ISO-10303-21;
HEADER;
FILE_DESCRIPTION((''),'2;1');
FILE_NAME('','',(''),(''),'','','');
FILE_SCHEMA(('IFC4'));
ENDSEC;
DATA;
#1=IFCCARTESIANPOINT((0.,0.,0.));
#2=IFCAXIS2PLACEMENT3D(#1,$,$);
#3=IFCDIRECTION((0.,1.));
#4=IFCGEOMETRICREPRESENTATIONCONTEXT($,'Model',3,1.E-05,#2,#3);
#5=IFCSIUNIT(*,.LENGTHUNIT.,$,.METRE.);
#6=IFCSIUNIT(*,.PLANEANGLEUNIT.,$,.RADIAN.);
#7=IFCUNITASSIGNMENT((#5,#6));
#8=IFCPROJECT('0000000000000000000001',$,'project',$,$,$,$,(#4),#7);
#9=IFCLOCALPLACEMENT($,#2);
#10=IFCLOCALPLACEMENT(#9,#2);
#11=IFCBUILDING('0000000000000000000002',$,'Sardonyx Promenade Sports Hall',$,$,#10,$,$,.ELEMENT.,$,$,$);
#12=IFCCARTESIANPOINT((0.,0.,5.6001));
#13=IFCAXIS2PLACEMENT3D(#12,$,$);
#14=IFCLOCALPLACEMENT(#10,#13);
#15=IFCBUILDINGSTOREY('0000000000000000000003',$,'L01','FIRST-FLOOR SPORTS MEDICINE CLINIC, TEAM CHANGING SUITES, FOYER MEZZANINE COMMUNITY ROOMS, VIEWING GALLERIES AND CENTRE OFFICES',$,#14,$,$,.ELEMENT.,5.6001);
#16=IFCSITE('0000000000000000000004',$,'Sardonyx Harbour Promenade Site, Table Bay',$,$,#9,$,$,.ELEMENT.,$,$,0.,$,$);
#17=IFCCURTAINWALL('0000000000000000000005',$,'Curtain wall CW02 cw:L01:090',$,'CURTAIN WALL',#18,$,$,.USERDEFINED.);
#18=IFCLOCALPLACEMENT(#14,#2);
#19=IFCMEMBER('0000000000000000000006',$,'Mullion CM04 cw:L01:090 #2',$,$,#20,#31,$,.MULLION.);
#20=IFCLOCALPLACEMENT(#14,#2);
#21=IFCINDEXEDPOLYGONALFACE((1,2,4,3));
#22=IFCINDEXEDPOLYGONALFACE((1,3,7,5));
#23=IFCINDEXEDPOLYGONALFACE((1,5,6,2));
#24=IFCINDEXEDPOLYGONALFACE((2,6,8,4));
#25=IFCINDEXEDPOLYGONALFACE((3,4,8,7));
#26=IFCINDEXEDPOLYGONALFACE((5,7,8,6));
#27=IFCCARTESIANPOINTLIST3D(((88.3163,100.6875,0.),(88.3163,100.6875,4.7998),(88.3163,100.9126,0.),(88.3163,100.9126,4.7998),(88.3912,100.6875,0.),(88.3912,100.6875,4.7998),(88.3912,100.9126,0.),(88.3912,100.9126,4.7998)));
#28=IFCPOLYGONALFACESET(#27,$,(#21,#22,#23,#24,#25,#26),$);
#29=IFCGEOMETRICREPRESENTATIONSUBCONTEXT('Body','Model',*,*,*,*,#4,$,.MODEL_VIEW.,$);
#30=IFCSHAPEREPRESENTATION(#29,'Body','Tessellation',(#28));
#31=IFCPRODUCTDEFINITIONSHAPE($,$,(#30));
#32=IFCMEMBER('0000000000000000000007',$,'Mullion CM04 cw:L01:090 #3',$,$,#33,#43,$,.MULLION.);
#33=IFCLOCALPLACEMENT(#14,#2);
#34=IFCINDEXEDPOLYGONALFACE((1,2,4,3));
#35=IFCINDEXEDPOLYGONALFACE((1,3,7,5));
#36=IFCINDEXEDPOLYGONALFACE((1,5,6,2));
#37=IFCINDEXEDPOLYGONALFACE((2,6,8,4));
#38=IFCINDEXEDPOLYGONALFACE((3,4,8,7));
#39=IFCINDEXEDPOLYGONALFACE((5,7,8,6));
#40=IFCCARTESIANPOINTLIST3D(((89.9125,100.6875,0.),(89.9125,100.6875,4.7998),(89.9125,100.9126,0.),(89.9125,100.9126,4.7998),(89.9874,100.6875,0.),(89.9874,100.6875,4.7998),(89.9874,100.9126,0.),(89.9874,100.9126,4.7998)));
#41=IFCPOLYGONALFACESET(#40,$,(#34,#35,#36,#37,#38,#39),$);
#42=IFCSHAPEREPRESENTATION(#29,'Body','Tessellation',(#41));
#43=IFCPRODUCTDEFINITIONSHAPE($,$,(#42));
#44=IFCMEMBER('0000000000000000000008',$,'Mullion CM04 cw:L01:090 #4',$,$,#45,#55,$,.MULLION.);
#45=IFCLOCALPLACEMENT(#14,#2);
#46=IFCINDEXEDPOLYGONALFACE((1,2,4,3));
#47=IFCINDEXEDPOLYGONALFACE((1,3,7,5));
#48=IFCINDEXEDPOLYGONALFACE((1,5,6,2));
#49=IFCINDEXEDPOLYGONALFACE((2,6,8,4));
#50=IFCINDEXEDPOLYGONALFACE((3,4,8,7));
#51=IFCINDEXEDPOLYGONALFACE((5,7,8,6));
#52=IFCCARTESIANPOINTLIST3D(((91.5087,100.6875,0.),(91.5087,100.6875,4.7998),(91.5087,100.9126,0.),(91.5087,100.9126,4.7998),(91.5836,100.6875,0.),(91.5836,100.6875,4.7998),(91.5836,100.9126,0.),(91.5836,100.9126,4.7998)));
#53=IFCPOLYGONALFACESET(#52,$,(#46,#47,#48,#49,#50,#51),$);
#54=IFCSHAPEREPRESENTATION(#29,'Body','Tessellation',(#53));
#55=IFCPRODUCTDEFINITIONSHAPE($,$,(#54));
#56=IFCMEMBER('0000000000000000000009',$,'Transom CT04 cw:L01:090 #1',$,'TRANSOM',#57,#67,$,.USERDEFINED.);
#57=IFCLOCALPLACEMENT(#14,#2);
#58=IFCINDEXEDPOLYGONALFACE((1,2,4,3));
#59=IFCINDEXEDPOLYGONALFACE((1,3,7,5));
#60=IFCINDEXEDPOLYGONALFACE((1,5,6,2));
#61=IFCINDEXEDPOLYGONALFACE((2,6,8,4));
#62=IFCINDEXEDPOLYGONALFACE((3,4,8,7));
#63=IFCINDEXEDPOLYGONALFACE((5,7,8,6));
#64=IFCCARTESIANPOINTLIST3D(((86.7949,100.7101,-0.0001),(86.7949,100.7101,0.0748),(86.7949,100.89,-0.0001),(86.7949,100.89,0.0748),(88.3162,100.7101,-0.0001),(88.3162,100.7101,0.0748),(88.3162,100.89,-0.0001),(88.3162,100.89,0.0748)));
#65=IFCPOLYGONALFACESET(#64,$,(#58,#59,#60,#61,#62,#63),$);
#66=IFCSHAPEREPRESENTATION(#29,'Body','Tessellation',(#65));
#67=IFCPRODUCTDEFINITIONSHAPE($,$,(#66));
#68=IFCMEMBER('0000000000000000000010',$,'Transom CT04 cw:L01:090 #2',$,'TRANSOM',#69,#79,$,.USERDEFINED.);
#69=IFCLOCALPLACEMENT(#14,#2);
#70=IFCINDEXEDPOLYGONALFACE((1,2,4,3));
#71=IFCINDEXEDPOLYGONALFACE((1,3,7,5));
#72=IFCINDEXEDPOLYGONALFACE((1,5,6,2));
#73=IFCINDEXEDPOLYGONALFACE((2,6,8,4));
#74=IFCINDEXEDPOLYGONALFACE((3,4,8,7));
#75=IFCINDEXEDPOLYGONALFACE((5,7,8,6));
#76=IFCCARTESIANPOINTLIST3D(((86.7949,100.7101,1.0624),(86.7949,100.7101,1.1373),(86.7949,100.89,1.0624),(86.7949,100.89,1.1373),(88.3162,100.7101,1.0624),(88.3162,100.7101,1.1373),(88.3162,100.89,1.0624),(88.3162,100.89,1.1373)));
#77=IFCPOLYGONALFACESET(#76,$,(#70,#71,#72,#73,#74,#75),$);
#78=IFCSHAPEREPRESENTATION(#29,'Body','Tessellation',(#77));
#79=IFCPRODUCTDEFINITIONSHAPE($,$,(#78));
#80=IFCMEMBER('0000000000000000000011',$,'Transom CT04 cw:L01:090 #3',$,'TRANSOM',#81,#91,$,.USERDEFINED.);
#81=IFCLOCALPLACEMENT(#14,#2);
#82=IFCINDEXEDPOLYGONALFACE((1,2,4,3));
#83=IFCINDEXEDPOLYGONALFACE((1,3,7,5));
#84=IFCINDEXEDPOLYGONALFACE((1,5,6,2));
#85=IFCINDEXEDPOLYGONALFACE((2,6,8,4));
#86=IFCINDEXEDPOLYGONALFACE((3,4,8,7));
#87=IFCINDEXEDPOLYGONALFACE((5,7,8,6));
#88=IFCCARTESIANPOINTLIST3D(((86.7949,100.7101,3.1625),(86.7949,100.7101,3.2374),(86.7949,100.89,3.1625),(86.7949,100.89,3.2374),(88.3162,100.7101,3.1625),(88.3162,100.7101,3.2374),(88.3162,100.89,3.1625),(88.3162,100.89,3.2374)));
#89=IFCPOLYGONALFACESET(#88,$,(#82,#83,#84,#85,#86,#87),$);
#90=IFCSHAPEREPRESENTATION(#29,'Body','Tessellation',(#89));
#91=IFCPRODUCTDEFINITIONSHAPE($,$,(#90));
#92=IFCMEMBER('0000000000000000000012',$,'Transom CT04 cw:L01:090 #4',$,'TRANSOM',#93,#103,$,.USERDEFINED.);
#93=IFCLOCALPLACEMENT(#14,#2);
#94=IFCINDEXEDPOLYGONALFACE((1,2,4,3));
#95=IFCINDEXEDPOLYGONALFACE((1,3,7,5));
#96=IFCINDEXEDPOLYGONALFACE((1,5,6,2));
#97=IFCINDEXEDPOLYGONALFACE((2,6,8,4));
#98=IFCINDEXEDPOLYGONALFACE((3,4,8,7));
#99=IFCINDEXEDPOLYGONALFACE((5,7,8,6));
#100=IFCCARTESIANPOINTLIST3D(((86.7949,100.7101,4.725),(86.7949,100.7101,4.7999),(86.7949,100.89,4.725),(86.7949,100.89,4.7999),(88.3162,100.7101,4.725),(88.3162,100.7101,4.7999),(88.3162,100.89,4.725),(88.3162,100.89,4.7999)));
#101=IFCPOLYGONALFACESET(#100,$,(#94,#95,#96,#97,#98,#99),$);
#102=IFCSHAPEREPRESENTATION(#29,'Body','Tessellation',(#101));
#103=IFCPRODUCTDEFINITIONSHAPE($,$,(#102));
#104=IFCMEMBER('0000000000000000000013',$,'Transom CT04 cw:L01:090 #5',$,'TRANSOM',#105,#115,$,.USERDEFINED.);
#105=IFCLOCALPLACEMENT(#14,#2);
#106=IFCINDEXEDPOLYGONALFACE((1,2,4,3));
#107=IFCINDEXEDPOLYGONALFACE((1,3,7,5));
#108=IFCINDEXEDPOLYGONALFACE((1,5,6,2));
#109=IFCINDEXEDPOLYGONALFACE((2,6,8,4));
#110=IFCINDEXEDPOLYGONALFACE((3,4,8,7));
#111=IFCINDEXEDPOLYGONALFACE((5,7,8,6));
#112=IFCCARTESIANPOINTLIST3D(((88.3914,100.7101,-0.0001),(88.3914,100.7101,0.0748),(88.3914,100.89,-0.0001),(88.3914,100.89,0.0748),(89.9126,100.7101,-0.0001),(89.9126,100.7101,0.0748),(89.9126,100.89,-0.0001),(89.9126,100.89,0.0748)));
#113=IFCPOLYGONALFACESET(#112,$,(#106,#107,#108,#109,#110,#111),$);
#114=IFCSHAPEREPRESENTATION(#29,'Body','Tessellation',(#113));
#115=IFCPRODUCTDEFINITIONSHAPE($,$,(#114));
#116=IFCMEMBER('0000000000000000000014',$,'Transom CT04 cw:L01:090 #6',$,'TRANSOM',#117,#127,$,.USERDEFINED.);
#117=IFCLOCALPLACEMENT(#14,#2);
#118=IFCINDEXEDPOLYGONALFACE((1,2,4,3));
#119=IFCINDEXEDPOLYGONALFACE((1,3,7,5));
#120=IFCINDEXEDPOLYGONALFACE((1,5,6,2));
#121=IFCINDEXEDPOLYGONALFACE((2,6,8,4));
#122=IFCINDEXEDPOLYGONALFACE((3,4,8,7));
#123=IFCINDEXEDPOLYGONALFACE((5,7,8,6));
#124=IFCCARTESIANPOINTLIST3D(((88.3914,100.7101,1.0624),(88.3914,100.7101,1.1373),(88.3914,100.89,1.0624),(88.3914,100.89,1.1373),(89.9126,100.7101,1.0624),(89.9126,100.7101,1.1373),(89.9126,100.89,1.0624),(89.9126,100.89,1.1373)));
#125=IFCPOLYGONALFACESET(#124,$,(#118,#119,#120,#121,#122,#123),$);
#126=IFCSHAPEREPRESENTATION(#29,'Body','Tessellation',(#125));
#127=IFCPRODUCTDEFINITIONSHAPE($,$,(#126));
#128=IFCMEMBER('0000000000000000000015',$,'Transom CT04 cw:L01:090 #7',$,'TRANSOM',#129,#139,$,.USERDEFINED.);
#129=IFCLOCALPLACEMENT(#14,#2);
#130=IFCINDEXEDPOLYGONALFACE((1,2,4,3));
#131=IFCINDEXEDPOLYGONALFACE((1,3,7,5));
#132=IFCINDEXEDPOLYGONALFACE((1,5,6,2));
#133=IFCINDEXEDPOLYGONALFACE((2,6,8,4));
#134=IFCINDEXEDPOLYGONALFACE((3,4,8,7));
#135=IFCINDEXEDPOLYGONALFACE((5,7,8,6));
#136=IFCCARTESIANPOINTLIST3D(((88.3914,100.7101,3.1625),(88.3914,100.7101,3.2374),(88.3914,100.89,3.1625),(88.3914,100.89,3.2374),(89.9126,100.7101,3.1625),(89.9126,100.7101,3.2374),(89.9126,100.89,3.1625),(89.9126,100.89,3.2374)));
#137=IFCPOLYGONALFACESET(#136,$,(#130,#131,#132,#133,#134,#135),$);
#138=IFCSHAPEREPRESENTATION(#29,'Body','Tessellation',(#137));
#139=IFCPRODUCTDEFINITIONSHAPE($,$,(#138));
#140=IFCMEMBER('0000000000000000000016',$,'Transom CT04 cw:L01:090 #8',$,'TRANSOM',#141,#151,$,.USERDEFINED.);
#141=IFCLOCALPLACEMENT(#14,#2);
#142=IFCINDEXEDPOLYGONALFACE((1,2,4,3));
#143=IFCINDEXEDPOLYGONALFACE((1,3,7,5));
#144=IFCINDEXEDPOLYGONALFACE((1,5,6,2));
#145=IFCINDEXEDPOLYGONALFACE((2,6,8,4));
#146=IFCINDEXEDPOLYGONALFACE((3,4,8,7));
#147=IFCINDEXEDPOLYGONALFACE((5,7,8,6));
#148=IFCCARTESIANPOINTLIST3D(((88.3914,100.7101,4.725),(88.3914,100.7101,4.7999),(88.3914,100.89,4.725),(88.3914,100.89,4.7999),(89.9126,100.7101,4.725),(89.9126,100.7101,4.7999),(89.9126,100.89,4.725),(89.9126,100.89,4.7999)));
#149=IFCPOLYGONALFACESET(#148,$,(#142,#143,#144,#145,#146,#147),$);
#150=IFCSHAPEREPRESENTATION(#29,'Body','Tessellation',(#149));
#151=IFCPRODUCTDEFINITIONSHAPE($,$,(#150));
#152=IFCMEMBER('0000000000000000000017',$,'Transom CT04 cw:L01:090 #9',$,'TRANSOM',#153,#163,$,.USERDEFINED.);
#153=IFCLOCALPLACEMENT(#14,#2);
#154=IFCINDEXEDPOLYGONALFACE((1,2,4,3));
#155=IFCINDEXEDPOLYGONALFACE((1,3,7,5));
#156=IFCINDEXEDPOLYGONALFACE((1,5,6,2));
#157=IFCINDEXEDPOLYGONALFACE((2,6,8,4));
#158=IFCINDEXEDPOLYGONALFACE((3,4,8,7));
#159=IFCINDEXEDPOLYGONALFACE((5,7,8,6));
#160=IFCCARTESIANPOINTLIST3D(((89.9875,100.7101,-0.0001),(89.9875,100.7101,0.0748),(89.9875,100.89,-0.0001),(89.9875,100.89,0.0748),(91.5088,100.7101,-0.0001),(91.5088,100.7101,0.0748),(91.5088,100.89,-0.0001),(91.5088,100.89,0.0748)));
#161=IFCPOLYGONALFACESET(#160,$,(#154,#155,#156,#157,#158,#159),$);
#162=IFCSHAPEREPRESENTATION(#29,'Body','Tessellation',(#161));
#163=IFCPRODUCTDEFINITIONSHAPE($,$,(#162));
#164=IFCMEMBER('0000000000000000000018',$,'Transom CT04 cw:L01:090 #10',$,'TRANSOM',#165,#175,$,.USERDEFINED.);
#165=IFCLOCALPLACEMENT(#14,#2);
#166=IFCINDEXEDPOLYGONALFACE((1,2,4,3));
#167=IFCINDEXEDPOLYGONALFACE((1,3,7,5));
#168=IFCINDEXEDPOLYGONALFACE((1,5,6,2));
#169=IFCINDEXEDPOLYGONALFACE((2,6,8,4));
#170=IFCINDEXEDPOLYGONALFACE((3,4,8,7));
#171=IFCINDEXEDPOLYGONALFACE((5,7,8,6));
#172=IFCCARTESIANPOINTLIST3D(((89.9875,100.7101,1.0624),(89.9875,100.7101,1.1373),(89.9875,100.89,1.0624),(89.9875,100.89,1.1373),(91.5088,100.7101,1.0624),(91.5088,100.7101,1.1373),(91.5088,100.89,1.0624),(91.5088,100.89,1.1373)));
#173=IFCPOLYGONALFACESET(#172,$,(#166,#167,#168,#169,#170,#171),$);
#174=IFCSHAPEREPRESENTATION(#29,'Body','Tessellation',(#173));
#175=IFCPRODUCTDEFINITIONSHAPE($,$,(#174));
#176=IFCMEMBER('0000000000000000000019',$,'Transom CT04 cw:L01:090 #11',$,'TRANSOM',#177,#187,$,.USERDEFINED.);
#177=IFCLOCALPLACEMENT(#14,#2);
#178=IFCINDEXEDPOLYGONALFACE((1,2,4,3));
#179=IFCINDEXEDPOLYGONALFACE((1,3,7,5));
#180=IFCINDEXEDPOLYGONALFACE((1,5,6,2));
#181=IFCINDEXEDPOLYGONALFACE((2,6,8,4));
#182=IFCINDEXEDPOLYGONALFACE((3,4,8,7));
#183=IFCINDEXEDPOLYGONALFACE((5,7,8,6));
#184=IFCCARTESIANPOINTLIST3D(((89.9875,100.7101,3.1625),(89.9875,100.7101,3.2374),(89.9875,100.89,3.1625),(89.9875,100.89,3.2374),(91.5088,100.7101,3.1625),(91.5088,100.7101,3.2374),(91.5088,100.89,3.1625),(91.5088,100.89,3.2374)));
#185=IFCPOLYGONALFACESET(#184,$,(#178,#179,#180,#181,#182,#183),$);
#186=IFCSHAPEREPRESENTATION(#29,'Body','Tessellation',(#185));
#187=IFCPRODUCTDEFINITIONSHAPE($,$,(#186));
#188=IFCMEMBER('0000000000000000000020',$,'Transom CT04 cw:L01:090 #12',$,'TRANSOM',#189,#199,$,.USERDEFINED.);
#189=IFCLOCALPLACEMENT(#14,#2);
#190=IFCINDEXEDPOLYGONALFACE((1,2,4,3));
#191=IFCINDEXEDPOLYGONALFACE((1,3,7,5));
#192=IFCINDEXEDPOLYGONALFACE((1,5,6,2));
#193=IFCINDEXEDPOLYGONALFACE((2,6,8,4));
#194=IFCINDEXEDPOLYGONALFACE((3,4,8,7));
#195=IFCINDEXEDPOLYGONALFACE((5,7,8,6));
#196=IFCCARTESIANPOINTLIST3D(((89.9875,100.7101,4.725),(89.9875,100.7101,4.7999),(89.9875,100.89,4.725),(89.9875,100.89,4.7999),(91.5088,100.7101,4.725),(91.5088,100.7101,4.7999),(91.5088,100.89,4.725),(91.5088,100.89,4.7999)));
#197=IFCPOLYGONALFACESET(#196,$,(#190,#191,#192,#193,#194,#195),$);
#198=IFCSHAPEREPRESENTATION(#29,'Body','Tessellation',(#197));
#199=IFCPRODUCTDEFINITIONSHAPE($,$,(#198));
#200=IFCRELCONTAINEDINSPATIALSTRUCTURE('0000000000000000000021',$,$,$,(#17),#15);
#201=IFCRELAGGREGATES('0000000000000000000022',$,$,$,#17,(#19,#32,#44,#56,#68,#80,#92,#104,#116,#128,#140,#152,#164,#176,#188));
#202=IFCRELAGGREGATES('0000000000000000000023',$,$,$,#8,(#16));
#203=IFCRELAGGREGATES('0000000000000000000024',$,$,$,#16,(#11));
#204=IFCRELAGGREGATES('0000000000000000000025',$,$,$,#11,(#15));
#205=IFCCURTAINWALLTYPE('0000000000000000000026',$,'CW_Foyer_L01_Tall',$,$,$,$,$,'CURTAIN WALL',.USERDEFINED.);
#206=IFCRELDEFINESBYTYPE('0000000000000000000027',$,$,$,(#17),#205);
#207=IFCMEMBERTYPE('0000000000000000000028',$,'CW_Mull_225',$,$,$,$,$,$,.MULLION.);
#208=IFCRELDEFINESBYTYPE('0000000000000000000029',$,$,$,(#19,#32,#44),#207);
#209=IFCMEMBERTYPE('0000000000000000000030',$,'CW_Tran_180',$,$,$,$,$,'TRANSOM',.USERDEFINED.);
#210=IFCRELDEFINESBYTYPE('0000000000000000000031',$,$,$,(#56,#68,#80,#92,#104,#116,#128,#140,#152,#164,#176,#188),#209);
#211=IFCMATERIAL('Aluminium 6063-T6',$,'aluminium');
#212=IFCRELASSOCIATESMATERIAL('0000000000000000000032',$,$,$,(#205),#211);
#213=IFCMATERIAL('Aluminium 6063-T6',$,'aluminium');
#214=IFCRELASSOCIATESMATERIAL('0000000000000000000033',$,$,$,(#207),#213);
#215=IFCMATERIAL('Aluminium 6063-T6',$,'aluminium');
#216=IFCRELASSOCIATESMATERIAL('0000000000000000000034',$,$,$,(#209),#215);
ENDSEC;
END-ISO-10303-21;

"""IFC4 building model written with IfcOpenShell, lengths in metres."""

from ifc_helpers import new_model, si_unit, direction, frame, origin, origin_2d, place, context, subcontext, project, spatial, rectangle, extrude, material, material_profile, profile_set, type_object, element, aggregate, save


model = new_model("IFC4")

# Units and contexts
model_context = context("Model", 3, precision=1e-05, world=origin(), true_north=direction((0.0, 1.0)))
body_context = subcontext(model_context, "Body", "Model", "MODEL_VIEW")
ifc_project = project(units=[si_unit("LENGTHUNIT", "METRE"), si_unit("PLANEANGLEUNIT", "RADIAN")], contexts=[model_context])

# Site, building, storey
site_placement = place(None, origin())
site = spatial("IfcSite", under=ifc_project, at=site_placement, Name="Sardonyx Harbour Promenade Site, Table Bay", CompositionType="ELEMENT", RefElevation=0.0)
building_placement = place(site_placement, origin())
building = spatial("IfcBuilding", under=site, at=building_placement, Name="Sardonyx Promenade Sports Hall", CompositionType="ELEMENT")
storey_placement = place(building_placement, frame((0.0, 0.0, 5.6001)))
storey = spatial("IfcBuildingStorey", under=building, at=storey_placement, Name="L01", Description="FIRST-FLOOR SPORTS MEDICINE CLINIC, TEAM CHANGING SUITES, FOYER MEZZANINE COMMUNITY ROOMS, VIEWING GALLERIES AND CENTRE OFFICES", CompositionType="ELEMENT", Elevation=5.6001)

# Curtain wall, members
ifc_material_1 = material(Name="Aluminium 6063-T6", Category="aluminium")
curtain_wall_type = type_object("IfcCurtainWallType", Name="CW_Foyer_L01_Tall", ElementType="CURTAIN WALL", PredefinedType="USERDEFINED", material=ifc_material_1)
curtain_wall_placement = place(storey_placement, origin())
curtain_wall = element("IfcCurtainWall", 1, at=curtain_wall_placement, inside=storey, type_object=curtain_wall_type, Name="Curtain wall CW02 cw:L01:090", ObjectType="CURTAIN WALL", PredefinedType="USERDEFINED")
ifc_material_2 = material(Name="Aluminium 6063-T6", Category="aluminium")
ifc_material_profile_1 = material_profile(ifc_material_2, rectangle(XDim=0.075, YDim=0.2251, at=origin_2d()))
ifc_profile_set_1 = profile_set([ifc_material_profile_1], Name="Aluminium 6063-T6")
member_type_1 = type_object("IfcMemberType", Name="CW_Mull_225", PredefinedType="MULLION", material=ifc_profile_set_1)
member_1_placement = place(storey_placement, frame((88.3538, 100.8, 0.0), z_axis=(0.0, 0.0, 1.0), x_axis=(1.0, 0.0, 0.0)))
member_1 = element("IfcMember", 2, at=member_1_placement, type_object=member_type_1, Name="Mullion CM04 cw:L01:090 #2", PredefinedType="MULLION", context=body_context, shape_type="SweptSolid", body=[
    extrude(rectangle(XDim=0.075, YDim=0.2251, at=origin_2d()), origin(), (0.0, 0.0, 1.0), 4.7998),
])
member_2_placement = place(storey_placement, frame((89.95, 100.8, 0.0), z_axis=(0.0, 0.0, 1.0), x_axis=(1.0, 0.0, 0.0)))
member_2 = element("IfcMember", 3, at=member_2_placement, type_object=member_type_1, Name="Mullion CM04 cw:L01:090 #3", PredefinedType="MULLION", context=body_context, shape_type="SweptSolid", body=[
    extrude(rectangle(XDim=0.075, YDim=0.2251, at=origin_2d()), origin(), (0.0, 0.0, 1.0), 4.7998),
])
member_3_placement = place(storey_placement, frame((91.5461, 100.8, 0.0), z_axis=(0.0, 0.0, 1.0), x_axis=(1.0, 0.0, 0.0)))
member_3 = element("IfcMember", 4, at=member_3_placement, type_object=member_type_1, Name="Mullion CM04 cw:L01:090 #4", PredefinedType="MULLION", context=body_context, shape_type="SweptSolid", body=[
    extrude(rectangle(XDim=0.075, YDim=0.2251, at=origin_2d()), origin(), (0.0, 0.0, 1.0), 4.7998),
])
ifc_material_3 = material(Name="Aluminium 6063-T6", Category="aluminium")
ifc_material_profile_2 = material_profile(ifc_material_3, rectangle(XDim=0.075, YDim=0.1799, at=origin_2d()))
ifc_profile_set_2 = profile_set([ifc_material_profile_2], Name="Aluminium 6063-T6")
member_type_2 = type_object("IfcMemberType", Name="CW_Tran_180", ElementType="TRANSOM", PredefinedType="USERDEFINED", material=ifc_profile_set_2)
member_4_placement = place(storey_placement, frame((86.7949, 100.8, 0.0374), z_axis=(1.0, 0.0, 0.0), x_axis=(0.0, 0.0, 1.0)))
member_4 = element("IfcMember", 5, at=member_4_placement, type_object=member_type_2, Name="Transom CT04 cw:L01:090 #1", ObjectType="TRANSOM", PredefinedType="USERDEFINED", context=body_context, shape_type="SweptSolid", body=[
    extrude(rectangle(XDim=0.075, YDim=0.1799, at=origin_2d()), origin(), (0.0, 0.0, 1.0), 1.5212),
])
member_5_placement = place(storey_placement, frame((86.7949, 100.8, 1.0999), z_axis=(1.0, 0.0, 0.0), x_axis=(0.0, 0.0, 1.0)))
member_5 = element("IfcMember", 6, at=member_5_placement, type_object=member_type_2, Name="Transom CT04 cw:L01:090 #2", ObjectType="TRANSOM", PredefinedType="USERDEFINED", context=body_context, shape_type="SweptSolid", body=[
    extrude(rectangle(XDim=0.075, YDim=0.1799, at=origin_2d()), origin(), (0.0, 0.0, 1.0), 1.5212),
])
member_6_placement = place(storey_placement, frame((86.7949, 100.8, 3.2), z_axis=(1.0, 0.0, 0.0), x_axis=(0.0, 0.0, 1.0)))
member_6 = element("IfcMember", 7, at=member_6_placement, type_object=member_type_2, Name="Transom CT04 cw:L01:090 #3", ObjectType="TRANSOM", PredefinedType="USERDEFINED", context=body_context, shape_type="SweptSolid", body=[
    extrude(rectangle(XDim=0.075, YDim=0.1799, at=origin_2d()), origin(), (0.0, 0.0, 1.0), 1.5212),
])
member_7_placement = place(storey_placement, frame((86.7949, 100.8, 4.7625), z_axis=(1.0, 0.0, 0.0), x_axis=(0.0, 0.0, 1.0)))
member_7 = element("IfcMember", 8, at=member_7_placement, type_object=member_type_2, Name="Transom CT04 cw:L01:090 #4", ObjectType="TRANSOM", PredefinedType="USERDEFINED", context=body_context, shape_type="SweptSolid", body=[
    extrude(rectangle(XDim=0.075, YDim=0.1799, at=origin_2d()), origin(), (0.0, 0.0, 1.0), 1.5212),
])
member_8_placement = place(storey_placement, frame((88.3914, 100.8, 0.0374), z_axis=(1.0, 0.0, 0.0), x_axis=(0.0, 0.0, 1.0)))
member_8 = element("IfcMember", 9, at=member_8_placement, type_object=member_type_2, Name="Transom CT04 cw:L01:090 #5", ObjectType="TRANSOM", PredefinedType="USERDEFINED", context=body_context, shape_type="SweptSolid", body=[
    extrude(rectangle(XDim=0.075, YDim=0.1799, at=origin_2d()), origin(), (0.0, 0.0, 1.0), 1.5212),
])
member_9_placement = place(storey_placement, frame((88.3914, 100.8, 1.0999), z_axis=(1.0, 0.0, 0.0), x_axis=(0.0, 0.0, 1.0)))
member_9 = element("IfcMember", 10, at=member_9_placement, type_object=member_type_2, Name="Transom CT04 cw:L01:090 #6", ObjectType="TRANSOM", PredefinedType="USERDEFINED", context=body_context, shape_type="SweptSolid", body=[
    extrude(rectangle(XDim=0.075, YDim=0.1799, at=origin_2d()), origin(), (0.0, 0.0, 1.0), 1.5212),
])
member_10_placement = place(storey_placement, frame((88.3914, 100.8, 3.2), z_axis=(1.0, 0.0, 0.0), x_axis=(0.0, 0.0, 1.0)))
member_10 = element("IfcMember", 11, at=member_10_placement, type_object=member_type_2, Name="Transom CT04 cw:L01:090 #7", ObjectType="TRANSOM", PredefinedType="USERDEFINED", context=body_context, shape_type="SweptSolid", body=[
    extrude(rectangle(XDim=0.075, YDim=0.1799, at=origin_2d()), origin(), (0.0, 0.0, 1.0), 1.5212),
])
member_11_placement = place(storey_placement, frame((88.3914, 100.8, 4.7625), z_axis=(1.0, 0.0, 0.0), x_axis=(0.0, 0.0, 1.0)))
member_11 = element("IfcMember", 12, at=member_11_placement, type_object=member_type_2, Name="Transom CT04 cw:L01:090 #8", ObjectType="TRANSOM", PredefinedType="USERDEFINED", context=body_context, shape_type="SweptSolid", body=[
    extrude(rectangle(XDim=0.075, YDim=0.1799, at=origin_2d()), origin(), (0.0, 0.0, 1.0), 1.5212),
])
member_12_placement = place(storey_placement, frame((89.9875, 100.8, 0.0374), z_axis=(1.0, 0.0, 0.0), x_axis=(0.0, 0.0, 1.0)))
member_12 = element("IfcMember", 13, at=member_12_placement, type_object=member_type_2, Name="Transom CT04 cw:L01:090 #9", ObjectType="TRANSOM", PredefinedType="USERDEFINED", context=body_context, shape_type="SweptSolid", body=[
    extrude(rectangle(XDim=0.075, YDim=0.1799, at=origin_2d()), origin(), (0.0, 0.0, 1.0), 1.5212),
])
member_13_placement = place(storey_placement, frame((89.9875, 100.8, 1.0999), z_axis=(1.0, 0.0, 0.0), x_axis=(0.0, 0.0, 1.0)))
member_13 = element("IfcMember", 14, at=member_13_placement, type_object=member_type_2, Name="Transom CT04 cw:L01:090 #10", ObjectType="TRANSOM", PredefinedType="USERDEFINED", context=body_context, shape_type="SweptSolid", body=[
    extrude(rectangle(XDim=0.075, YDim=0.1799, at=origin_2d()), origin(), (0.0, 0.0, 1.0), 1.5212),
])
member_14_placement = place(storey_placement, frame((89.9875, 100.8, 3.2), z_axis=(1.0, 0.0, 0.0), x_axis=(0.0, 0.0, 1.0)))
member_14 = element("IfcMember", 15, at=member_14_placement, type_object=member_type_2, Name="Transom CT04 cw:L01:090 #11", ObjectType="TRANSOM", PredefinedType="USERDEFINED", context=body_context, shape_type="SweptSolid", body=[
    extrude(rectangle(XDim=0.075, YDim=0.1799, at=origin_2d()), origin(), (0.0, 0.0, 1.0), 1.5212),
])
member_15_placement = place(storey_placement, frame((89.9875, 100.8, 4.7625), z_axis=(1.0, 0.0, 0.0), x_axis=(0.0, 0.0, 1.0)))
member_15 = element("IfcMember", 16, at=member_15_placement, type_object=member_type_2, Name="Transom CT04 cw:L01:090 #12", ObjectType="TRANSOM", PredefinedType="USERDEFINED", context=body_context, shape_type="SweptSolid", body=[
    extrude(rectangle(XDim=0.075, YDim=0.1799, at=origin_2d()), origin(), (0.0, 0.0, 1.0), 1.5212),
])
aggregate(curtain_wall, [member_1, member_2, member_3, member_4, member_5, member_6, member_7, member_8, member_9, member_10, member_11, member_12, member_13, member_14, member_15])

save(model, "model.ifc")
